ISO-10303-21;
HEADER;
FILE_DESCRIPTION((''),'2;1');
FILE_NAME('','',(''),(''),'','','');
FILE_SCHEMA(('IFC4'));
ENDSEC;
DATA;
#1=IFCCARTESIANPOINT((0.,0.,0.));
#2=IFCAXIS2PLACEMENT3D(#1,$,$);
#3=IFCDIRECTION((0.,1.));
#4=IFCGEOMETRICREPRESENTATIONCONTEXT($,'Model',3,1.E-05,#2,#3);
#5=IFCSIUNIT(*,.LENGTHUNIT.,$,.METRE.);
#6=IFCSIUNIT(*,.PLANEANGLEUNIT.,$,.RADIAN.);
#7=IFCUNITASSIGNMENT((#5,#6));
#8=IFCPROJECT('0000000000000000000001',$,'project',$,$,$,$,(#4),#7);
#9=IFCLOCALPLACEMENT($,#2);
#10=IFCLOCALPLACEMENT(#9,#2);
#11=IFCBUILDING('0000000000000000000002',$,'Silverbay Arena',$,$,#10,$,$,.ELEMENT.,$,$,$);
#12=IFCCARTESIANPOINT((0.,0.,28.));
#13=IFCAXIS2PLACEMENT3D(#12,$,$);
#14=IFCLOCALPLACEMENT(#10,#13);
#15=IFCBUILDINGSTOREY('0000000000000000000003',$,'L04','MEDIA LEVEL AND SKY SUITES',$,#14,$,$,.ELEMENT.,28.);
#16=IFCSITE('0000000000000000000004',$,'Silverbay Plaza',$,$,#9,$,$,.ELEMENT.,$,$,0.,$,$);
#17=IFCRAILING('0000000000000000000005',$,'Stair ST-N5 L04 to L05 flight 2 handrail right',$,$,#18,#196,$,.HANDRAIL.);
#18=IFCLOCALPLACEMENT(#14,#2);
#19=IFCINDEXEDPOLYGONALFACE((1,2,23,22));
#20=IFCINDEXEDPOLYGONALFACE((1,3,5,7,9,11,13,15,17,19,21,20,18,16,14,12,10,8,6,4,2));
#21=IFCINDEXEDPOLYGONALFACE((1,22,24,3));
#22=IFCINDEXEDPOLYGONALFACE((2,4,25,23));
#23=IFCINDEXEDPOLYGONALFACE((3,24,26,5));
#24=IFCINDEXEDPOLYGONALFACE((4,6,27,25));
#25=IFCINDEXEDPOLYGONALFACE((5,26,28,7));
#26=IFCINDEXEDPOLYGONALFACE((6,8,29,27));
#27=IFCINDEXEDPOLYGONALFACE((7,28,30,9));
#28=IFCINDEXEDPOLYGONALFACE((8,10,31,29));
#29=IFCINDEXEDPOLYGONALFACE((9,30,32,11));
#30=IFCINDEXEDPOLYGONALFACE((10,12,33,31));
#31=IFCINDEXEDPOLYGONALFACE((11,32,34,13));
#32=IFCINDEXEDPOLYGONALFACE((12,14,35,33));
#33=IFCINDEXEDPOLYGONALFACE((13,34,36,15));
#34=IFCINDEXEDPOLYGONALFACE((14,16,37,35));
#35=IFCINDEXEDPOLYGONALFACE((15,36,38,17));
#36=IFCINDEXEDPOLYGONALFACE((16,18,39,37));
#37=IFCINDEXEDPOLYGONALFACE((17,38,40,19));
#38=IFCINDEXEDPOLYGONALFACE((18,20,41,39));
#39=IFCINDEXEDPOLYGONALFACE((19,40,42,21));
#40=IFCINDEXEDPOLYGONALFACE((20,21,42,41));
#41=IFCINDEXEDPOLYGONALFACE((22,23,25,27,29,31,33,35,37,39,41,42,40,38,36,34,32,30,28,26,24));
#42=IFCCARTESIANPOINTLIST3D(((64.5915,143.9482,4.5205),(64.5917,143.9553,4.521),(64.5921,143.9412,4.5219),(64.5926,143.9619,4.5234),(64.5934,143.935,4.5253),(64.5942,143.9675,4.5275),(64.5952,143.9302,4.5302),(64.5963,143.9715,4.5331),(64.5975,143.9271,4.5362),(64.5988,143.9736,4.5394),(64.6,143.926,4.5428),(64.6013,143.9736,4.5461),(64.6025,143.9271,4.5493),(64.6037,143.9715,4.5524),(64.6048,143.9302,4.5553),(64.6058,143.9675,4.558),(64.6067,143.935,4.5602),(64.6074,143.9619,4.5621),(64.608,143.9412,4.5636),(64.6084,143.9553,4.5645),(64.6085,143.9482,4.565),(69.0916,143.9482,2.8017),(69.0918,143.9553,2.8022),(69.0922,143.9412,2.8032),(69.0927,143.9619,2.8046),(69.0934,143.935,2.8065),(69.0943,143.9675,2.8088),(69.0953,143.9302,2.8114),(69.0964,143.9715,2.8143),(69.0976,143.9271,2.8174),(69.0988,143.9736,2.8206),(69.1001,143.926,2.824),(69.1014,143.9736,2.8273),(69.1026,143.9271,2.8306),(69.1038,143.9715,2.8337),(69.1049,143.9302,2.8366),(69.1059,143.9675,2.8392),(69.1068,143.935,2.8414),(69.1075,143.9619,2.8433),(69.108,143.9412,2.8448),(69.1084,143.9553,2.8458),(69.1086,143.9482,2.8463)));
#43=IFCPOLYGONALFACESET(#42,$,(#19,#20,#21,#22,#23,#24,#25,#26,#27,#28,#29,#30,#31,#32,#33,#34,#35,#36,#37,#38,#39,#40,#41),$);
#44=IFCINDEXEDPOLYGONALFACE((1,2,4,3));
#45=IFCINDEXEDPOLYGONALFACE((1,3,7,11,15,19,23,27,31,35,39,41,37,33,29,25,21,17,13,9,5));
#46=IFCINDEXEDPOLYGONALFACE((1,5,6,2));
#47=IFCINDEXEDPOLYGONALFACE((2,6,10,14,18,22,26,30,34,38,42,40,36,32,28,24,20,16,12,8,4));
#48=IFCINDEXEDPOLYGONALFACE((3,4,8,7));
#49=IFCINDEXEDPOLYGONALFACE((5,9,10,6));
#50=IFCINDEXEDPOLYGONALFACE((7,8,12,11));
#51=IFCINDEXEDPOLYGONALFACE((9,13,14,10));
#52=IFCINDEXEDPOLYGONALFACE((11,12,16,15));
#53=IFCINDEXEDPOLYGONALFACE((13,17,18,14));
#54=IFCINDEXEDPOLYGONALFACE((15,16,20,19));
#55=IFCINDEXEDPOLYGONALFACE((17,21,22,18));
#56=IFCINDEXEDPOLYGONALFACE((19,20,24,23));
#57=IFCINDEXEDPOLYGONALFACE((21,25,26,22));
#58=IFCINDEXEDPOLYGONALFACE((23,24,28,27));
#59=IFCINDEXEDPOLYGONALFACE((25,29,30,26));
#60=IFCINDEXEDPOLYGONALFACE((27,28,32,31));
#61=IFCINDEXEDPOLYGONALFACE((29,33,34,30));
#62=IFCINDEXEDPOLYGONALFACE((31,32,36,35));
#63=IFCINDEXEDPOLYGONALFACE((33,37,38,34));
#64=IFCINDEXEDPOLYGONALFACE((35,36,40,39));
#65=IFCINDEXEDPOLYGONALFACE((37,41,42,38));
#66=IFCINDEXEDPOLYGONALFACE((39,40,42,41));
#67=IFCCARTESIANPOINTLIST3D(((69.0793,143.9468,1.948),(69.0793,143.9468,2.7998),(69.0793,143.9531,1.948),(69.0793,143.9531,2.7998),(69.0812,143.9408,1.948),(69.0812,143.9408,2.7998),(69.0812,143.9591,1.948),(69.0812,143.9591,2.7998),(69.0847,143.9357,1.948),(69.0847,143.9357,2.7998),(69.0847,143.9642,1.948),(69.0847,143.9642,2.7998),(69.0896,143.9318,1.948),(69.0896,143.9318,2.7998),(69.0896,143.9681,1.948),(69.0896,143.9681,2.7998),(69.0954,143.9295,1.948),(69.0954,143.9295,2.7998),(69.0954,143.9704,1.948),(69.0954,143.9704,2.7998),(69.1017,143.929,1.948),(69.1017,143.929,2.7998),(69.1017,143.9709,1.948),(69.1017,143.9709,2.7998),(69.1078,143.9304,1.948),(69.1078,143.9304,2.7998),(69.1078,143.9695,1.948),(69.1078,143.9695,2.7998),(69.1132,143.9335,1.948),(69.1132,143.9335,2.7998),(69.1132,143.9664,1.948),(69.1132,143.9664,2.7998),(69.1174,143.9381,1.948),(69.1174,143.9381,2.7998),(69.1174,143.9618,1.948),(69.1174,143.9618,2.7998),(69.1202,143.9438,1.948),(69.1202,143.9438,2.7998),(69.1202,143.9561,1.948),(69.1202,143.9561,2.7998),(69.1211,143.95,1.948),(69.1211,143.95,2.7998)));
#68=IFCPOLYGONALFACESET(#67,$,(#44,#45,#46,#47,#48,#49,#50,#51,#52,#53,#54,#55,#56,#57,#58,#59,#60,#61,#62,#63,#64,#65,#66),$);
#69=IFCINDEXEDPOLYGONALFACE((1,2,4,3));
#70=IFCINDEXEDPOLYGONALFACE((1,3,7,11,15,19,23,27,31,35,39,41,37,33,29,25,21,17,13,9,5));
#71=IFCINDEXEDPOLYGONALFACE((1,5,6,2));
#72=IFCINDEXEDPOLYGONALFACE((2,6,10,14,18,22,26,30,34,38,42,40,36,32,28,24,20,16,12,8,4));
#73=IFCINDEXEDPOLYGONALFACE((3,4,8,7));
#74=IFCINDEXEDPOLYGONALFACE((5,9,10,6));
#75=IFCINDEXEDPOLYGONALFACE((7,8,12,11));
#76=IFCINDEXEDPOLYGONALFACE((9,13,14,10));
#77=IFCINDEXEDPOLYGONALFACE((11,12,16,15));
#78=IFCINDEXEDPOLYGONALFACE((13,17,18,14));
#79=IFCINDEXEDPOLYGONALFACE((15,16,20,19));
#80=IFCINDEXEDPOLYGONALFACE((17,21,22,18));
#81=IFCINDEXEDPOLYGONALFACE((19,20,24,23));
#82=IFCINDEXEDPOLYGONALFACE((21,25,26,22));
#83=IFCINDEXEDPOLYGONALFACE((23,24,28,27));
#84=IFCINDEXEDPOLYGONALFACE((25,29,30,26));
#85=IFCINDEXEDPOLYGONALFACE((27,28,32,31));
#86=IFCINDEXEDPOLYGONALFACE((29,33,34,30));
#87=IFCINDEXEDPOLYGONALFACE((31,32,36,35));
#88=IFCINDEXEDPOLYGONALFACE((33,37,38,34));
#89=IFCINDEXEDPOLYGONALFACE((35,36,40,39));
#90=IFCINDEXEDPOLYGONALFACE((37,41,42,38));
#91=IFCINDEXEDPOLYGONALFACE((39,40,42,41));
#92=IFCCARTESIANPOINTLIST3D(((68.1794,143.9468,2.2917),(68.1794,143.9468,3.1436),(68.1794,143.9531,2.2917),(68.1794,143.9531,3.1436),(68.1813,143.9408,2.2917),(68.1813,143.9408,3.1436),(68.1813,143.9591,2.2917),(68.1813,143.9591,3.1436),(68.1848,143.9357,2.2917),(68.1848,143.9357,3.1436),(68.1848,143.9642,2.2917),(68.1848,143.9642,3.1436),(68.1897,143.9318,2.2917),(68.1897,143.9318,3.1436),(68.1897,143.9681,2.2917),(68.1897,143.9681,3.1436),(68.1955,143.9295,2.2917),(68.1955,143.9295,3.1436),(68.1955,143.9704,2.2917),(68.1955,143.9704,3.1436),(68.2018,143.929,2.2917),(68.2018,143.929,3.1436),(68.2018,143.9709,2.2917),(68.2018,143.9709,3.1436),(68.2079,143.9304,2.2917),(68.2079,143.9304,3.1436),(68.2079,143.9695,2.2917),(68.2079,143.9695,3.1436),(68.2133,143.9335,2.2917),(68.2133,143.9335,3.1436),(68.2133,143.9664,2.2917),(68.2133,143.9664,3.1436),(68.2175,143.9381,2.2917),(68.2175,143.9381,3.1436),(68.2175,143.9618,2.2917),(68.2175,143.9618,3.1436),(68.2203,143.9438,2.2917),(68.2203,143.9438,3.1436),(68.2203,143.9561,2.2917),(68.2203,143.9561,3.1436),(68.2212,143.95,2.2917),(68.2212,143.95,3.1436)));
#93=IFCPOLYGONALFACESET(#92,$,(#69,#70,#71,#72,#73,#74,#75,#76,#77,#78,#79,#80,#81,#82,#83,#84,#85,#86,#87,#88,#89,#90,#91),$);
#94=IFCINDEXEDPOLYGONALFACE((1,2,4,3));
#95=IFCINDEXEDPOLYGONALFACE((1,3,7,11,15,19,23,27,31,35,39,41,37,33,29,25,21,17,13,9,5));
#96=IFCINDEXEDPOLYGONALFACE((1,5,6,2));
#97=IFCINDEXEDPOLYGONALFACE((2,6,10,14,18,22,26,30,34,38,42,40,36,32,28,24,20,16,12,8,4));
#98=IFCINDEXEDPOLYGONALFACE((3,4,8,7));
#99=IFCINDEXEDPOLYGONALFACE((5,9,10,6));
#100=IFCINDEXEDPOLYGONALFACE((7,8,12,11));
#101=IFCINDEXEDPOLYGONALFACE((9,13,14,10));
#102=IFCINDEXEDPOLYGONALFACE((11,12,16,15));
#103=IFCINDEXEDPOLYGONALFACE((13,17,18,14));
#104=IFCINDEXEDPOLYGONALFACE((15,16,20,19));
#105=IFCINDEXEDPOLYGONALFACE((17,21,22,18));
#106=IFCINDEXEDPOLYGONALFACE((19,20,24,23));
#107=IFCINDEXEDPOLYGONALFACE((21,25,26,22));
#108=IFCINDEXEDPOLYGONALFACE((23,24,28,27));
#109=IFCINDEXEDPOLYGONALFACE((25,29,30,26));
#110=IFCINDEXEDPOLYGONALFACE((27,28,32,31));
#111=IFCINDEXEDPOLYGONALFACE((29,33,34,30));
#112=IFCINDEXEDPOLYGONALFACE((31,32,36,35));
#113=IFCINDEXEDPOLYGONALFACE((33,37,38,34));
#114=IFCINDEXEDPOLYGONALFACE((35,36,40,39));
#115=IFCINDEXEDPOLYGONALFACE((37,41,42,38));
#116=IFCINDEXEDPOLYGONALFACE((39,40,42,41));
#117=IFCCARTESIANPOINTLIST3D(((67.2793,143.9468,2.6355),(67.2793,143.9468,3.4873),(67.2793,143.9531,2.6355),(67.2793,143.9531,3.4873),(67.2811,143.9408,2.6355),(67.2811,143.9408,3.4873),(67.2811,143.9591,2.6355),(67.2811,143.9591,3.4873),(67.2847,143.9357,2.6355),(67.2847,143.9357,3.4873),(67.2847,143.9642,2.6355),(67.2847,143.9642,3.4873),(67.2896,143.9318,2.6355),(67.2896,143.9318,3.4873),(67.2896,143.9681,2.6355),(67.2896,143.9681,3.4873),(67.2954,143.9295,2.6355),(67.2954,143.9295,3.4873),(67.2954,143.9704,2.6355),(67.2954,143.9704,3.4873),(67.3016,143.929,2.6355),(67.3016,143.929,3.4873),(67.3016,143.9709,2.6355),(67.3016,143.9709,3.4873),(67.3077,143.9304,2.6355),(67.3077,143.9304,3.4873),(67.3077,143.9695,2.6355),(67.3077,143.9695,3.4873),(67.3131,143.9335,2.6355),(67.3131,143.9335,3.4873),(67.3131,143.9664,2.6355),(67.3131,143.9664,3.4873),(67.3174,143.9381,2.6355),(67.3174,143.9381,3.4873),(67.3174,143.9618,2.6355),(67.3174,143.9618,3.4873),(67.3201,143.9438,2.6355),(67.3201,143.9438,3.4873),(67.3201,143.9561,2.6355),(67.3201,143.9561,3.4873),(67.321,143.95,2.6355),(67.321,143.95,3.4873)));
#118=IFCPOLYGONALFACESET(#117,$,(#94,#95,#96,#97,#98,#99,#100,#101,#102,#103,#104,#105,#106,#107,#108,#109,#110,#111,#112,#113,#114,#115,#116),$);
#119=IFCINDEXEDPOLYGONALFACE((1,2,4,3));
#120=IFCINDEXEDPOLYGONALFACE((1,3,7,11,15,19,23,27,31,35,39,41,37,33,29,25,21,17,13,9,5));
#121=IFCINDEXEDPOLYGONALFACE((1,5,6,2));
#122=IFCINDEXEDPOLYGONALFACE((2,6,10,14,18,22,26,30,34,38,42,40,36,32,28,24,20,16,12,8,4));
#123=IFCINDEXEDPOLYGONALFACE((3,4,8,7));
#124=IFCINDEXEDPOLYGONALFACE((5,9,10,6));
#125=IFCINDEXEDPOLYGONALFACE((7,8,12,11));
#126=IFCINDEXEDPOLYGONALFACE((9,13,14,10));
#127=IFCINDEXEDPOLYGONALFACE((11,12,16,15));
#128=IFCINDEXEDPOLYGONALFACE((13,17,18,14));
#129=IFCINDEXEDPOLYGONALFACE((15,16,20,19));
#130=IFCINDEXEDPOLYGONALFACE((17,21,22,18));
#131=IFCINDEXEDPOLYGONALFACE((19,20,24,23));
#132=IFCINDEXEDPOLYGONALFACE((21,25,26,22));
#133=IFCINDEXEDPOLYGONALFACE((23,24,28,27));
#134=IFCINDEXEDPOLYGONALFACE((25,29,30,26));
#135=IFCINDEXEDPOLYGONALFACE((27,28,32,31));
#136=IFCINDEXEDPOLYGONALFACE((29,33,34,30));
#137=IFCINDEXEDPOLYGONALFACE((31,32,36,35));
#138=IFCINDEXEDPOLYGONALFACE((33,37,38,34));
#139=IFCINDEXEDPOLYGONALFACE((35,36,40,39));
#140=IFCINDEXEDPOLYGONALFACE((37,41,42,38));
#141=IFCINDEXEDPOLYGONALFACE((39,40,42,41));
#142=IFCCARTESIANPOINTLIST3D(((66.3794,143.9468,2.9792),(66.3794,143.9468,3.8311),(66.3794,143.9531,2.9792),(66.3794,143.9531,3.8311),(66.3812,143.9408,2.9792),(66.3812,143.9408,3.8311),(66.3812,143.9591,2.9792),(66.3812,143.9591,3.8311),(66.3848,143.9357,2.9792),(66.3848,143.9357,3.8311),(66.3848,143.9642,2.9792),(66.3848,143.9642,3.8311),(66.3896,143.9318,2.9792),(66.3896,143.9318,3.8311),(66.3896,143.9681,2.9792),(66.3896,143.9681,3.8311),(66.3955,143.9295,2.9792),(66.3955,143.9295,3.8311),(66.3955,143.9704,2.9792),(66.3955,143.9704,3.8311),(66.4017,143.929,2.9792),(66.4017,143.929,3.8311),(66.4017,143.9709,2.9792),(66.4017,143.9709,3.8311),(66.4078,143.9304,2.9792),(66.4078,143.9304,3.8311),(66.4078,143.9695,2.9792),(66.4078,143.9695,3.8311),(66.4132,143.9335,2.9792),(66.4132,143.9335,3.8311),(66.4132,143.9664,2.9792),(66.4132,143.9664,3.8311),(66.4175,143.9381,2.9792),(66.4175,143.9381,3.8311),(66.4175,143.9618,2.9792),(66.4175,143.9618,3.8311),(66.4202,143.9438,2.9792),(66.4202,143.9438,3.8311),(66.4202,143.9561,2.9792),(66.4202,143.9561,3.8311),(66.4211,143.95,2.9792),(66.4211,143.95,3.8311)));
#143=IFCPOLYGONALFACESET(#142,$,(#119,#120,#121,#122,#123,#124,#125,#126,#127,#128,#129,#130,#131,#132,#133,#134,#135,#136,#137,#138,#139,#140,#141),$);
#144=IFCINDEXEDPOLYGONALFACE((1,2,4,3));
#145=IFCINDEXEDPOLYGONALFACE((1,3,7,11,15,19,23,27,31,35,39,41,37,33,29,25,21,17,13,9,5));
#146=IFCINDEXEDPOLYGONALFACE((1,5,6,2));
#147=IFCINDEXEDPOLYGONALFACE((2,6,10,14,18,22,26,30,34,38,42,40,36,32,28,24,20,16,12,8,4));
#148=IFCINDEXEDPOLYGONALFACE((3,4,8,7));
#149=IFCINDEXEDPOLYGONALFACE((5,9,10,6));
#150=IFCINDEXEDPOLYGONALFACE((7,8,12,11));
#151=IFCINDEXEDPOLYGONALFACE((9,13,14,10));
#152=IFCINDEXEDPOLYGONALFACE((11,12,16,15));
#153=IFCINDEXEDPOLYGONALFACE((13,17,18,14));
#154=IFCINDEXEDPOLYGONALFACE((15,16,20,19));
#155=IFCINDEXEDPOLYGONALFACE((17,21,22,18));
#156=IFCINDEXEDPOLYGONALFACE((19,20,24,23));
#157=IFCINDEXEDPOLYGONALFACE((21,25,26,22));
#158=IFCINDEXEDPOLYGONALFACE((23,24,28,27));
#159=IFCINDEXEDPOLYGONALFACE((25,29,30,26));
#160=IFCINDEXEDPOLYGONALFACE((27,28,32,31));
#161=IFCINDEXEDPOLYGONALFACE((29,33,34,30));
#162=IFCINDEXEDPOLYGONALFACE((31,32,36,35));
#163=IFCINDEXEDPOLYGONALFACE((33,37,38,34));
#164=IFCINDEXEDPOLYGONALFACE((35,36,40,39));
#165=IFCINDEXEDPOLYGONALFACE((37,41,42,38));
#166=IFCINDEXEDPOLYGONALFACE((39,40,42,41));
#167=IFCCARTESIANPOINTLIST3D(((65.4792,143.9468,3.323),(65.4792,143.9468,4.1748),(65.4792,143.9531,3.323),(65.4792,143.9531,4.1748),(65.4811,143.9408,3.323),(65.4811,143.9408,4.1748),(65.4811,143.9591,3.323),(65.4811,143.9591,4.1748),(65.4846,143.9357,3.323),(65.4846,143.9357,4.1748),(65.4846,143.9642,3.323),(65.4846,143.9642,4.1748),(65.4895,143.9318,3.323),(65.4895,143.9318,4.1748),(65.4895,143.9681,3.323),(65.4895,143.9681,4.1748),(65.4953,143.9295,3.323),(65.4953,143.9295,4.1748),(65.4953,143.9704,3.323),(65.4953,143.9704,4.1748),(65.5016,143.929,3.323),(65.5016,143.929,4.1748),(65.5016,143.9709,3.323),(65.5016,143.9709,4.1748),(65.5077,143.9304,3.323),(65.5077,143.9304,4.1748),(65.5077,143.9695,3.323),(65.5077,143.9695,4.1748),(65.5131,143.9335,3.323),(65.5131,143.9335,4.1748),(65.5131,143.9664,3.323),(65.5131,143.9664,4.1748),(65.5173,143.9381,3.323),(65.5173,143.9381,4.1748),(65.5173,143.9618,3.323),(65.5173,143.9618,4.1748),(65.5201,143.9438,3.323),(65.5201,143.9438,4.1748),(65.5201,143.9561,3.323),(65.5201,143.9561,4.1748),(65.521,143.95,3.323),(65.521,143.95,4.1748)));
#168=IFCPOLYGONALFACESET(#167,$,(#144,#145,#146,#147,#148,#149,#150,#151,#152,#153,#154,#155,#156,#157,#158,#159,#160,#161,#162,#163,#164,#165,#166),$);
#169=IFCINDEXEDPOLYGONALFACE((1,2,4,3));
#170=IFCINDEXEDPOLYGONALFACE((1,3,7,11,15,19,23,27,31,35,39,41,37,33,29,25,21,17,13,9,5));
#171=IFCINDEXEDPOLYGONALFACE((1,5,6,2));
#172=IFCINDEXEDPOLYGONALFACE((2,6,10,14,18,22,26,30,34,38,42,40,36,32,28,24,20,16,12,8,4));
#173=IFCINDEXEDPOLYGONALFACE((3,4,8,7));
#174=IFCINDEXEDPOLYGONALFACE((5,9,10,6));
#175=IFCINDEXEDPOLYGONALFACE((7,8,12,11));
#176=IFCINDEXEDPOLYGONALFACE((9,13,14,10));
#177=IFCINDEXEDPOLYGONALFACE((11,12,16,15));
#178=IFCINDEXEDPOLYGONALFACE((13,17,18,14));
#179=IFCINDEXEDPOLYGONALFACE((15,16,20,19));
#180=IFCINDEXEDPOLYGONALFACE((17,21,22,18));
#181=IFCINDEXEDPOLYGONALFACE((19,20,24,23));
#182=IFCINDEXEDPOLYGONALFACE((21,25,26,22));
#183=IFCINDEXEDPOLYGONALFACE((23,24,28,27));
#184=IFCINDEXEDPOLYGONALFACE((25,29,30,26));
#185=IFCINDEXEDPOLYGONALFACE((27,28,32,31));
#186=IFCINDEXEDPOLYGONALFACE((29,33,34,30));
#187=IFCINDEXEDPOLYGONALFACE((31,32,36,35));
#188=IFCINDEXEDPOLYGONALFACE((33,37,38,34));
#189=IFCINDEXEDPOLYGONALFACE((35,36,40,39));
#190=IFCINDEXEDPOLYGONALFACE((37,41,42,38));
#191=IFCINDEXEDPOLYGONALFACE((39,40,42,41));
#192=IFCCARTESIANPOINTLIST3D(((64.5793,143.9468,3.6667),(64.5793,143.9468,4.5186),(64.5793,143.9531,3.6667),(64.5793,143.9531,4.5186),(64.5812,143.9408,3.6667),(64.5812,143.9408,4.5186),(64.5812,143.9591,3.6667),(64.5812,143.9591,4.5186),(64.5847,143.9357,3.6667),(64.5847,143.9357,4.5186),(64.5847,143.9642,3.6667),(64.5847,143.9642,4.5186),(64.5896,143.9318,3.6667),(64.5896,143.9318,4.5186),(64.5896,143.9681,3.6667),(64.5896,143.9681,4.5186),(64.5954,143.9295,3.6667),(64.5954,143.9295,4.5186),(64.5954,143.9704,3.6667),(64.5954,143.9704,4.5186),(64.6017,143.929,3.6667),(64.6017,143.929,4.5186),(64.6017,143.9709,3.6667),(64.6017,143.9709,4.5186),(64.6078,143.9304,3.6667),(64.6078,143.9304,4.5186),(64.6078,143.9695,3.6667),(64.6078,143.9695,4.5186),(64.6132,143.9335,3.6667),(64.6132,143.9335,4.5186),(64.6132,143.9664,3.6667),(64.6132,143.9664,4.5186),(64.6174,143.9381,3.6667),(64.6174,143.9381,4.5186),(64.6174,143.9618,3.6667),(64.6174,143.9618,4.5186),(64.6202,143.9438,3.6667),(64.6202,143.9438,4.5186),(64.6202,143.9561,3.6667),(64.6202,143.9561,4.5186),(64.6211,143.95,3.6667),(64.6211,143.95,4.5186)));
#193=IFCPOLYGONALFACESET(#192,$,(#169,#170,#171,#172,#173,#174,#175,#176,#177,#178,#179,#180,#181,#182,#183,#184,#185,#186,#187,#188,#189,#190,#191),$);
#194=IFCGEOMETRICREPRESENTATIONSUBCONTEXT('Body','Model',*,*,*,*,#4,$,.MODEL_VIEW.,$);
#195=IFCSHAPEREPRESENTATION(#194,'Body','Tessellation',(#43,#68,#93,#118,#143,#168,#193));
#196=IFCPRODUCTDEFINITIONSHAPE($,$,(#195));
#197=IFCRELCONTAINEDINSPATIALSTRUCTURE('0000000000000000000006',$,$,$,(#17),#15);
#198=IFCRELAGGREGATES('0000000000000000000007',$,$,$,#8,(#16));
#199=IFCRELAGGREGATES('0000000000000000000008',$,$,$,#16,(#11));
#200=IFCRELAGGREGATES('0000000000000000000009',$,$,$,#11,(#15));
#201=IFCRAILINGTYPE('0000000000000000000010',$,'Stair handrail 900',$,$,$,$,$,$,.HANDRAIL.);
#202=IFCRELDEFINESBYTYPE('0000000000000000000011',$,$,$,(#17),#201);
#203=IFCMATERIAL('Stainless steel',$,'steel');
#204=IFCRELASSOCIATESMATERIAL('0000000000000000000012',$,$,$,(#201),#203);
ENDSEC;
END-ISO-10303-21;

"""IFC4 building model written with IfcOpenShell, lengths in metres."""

from ifc_helpers import new_model, si_unit, direction, frame, origin, origin_2d, place, context, subcontext, project, spatial, circle, extrude, material, type_object, element, save


model = new_model("IFC4")

# Units and contexts
model_context = context("Model", 3, precision=1e-05, world=origin(), true_north=direction((0.0, 1.0)))
body_context = subcontext(model_context, "Body", "Model", "MODEL_VIEW")
ifc_project = project(units=[si_unit("LENGTHUNIT", "METRE"), si_unit("PLANEANGLEUNIT", "RADIAN")], contexts=[model_context])

# Site, building, storey
site_placement = place(None, origin())
site = spatial("IfcSite", under=ifc_project, at=site_placement, Name="Silverbay Plaza", CompositionType="ELEMENT", RefElevation=0.0)
building_placement = place(site_placement, origin())
building = spatial("IfcBuilding", under=site, at=building_placement, Name="Silverbay Arena", CompositionType="ELEMENT")
storey_placement = place(building_placement, frame((0.0, 0.0, 28.0)))
storey = spatial("IfcBuildingStorey", under=building, at=storey_placement, Name="L04", Description="MEDIA LEVEL AND SKY SUITES", CompositionType="ELEMENT", Elevation=28.0)

# Railing
ifc_material_1 = material(Name="Stainless steel", Category="steel")
railing_type_1 = type_object("IfcRailingType", Name="Stair handrail 900", PredefinedType="HANDRAIL", material=ifc_material_1)
for number, where, name in (
    (1, (69.1001, 143.95, 1.948), "Stair ST-N5 L04 to L05 flight 2 handrail right"),
):
    element("IfcRailing", number, at=place(storey_placement, frame(where)), inside=storey, type_object=railing_type_1, Name=name, PredefinedType="HANDRAIL", context=body_context, shape_type="SweptSolid", body=[
        extrude(circle(Radius=0.0239, at=origin_2d()), frame((0.0, 0.0, 0.876), z_axis=(-0.934179, 0.0, 0.356805), x_axis=(0.0, -1.0, 0.0)), (0.0, 0.0, 1.0), 4.8171),
        extrude(circle(Radius=0.021, at=origin_2d()), origin(), (0.0, 0.0, 1.0), 0.8518),
        extrude(circle(Radius=0.021, at=origin_2d()), frame((-0.8999, 0.0, 0.3438)), (0.0, 0.0, 1.0), 0.8518),
        extrude(circle(Radius=0.021, at=origin_2d()), frame((-1.8, 0.0, 0.6875)), (0.0, 0.0, 1.0), 0.8518),
        extrude(circle(Radius=0.021, at=origin_2d()), frame((-2.7, 0.0, 1.0312)), (0.0, 0.0, 1.0), 0.8518),
        extrude(circle(Radius=0.021, at=origin_2d()), frame((-3.6001, 0.0, 1.375)), (0.0, 0.0, 1.0), 0.8518),
        extrude(circle(Radius=0.021, at=origin_2d()), frame((-4.5, 0.0, 1.7188)), (0.0, 0.0, 1.0), 0.8518),
    ])

save(model, "model.ifc")
